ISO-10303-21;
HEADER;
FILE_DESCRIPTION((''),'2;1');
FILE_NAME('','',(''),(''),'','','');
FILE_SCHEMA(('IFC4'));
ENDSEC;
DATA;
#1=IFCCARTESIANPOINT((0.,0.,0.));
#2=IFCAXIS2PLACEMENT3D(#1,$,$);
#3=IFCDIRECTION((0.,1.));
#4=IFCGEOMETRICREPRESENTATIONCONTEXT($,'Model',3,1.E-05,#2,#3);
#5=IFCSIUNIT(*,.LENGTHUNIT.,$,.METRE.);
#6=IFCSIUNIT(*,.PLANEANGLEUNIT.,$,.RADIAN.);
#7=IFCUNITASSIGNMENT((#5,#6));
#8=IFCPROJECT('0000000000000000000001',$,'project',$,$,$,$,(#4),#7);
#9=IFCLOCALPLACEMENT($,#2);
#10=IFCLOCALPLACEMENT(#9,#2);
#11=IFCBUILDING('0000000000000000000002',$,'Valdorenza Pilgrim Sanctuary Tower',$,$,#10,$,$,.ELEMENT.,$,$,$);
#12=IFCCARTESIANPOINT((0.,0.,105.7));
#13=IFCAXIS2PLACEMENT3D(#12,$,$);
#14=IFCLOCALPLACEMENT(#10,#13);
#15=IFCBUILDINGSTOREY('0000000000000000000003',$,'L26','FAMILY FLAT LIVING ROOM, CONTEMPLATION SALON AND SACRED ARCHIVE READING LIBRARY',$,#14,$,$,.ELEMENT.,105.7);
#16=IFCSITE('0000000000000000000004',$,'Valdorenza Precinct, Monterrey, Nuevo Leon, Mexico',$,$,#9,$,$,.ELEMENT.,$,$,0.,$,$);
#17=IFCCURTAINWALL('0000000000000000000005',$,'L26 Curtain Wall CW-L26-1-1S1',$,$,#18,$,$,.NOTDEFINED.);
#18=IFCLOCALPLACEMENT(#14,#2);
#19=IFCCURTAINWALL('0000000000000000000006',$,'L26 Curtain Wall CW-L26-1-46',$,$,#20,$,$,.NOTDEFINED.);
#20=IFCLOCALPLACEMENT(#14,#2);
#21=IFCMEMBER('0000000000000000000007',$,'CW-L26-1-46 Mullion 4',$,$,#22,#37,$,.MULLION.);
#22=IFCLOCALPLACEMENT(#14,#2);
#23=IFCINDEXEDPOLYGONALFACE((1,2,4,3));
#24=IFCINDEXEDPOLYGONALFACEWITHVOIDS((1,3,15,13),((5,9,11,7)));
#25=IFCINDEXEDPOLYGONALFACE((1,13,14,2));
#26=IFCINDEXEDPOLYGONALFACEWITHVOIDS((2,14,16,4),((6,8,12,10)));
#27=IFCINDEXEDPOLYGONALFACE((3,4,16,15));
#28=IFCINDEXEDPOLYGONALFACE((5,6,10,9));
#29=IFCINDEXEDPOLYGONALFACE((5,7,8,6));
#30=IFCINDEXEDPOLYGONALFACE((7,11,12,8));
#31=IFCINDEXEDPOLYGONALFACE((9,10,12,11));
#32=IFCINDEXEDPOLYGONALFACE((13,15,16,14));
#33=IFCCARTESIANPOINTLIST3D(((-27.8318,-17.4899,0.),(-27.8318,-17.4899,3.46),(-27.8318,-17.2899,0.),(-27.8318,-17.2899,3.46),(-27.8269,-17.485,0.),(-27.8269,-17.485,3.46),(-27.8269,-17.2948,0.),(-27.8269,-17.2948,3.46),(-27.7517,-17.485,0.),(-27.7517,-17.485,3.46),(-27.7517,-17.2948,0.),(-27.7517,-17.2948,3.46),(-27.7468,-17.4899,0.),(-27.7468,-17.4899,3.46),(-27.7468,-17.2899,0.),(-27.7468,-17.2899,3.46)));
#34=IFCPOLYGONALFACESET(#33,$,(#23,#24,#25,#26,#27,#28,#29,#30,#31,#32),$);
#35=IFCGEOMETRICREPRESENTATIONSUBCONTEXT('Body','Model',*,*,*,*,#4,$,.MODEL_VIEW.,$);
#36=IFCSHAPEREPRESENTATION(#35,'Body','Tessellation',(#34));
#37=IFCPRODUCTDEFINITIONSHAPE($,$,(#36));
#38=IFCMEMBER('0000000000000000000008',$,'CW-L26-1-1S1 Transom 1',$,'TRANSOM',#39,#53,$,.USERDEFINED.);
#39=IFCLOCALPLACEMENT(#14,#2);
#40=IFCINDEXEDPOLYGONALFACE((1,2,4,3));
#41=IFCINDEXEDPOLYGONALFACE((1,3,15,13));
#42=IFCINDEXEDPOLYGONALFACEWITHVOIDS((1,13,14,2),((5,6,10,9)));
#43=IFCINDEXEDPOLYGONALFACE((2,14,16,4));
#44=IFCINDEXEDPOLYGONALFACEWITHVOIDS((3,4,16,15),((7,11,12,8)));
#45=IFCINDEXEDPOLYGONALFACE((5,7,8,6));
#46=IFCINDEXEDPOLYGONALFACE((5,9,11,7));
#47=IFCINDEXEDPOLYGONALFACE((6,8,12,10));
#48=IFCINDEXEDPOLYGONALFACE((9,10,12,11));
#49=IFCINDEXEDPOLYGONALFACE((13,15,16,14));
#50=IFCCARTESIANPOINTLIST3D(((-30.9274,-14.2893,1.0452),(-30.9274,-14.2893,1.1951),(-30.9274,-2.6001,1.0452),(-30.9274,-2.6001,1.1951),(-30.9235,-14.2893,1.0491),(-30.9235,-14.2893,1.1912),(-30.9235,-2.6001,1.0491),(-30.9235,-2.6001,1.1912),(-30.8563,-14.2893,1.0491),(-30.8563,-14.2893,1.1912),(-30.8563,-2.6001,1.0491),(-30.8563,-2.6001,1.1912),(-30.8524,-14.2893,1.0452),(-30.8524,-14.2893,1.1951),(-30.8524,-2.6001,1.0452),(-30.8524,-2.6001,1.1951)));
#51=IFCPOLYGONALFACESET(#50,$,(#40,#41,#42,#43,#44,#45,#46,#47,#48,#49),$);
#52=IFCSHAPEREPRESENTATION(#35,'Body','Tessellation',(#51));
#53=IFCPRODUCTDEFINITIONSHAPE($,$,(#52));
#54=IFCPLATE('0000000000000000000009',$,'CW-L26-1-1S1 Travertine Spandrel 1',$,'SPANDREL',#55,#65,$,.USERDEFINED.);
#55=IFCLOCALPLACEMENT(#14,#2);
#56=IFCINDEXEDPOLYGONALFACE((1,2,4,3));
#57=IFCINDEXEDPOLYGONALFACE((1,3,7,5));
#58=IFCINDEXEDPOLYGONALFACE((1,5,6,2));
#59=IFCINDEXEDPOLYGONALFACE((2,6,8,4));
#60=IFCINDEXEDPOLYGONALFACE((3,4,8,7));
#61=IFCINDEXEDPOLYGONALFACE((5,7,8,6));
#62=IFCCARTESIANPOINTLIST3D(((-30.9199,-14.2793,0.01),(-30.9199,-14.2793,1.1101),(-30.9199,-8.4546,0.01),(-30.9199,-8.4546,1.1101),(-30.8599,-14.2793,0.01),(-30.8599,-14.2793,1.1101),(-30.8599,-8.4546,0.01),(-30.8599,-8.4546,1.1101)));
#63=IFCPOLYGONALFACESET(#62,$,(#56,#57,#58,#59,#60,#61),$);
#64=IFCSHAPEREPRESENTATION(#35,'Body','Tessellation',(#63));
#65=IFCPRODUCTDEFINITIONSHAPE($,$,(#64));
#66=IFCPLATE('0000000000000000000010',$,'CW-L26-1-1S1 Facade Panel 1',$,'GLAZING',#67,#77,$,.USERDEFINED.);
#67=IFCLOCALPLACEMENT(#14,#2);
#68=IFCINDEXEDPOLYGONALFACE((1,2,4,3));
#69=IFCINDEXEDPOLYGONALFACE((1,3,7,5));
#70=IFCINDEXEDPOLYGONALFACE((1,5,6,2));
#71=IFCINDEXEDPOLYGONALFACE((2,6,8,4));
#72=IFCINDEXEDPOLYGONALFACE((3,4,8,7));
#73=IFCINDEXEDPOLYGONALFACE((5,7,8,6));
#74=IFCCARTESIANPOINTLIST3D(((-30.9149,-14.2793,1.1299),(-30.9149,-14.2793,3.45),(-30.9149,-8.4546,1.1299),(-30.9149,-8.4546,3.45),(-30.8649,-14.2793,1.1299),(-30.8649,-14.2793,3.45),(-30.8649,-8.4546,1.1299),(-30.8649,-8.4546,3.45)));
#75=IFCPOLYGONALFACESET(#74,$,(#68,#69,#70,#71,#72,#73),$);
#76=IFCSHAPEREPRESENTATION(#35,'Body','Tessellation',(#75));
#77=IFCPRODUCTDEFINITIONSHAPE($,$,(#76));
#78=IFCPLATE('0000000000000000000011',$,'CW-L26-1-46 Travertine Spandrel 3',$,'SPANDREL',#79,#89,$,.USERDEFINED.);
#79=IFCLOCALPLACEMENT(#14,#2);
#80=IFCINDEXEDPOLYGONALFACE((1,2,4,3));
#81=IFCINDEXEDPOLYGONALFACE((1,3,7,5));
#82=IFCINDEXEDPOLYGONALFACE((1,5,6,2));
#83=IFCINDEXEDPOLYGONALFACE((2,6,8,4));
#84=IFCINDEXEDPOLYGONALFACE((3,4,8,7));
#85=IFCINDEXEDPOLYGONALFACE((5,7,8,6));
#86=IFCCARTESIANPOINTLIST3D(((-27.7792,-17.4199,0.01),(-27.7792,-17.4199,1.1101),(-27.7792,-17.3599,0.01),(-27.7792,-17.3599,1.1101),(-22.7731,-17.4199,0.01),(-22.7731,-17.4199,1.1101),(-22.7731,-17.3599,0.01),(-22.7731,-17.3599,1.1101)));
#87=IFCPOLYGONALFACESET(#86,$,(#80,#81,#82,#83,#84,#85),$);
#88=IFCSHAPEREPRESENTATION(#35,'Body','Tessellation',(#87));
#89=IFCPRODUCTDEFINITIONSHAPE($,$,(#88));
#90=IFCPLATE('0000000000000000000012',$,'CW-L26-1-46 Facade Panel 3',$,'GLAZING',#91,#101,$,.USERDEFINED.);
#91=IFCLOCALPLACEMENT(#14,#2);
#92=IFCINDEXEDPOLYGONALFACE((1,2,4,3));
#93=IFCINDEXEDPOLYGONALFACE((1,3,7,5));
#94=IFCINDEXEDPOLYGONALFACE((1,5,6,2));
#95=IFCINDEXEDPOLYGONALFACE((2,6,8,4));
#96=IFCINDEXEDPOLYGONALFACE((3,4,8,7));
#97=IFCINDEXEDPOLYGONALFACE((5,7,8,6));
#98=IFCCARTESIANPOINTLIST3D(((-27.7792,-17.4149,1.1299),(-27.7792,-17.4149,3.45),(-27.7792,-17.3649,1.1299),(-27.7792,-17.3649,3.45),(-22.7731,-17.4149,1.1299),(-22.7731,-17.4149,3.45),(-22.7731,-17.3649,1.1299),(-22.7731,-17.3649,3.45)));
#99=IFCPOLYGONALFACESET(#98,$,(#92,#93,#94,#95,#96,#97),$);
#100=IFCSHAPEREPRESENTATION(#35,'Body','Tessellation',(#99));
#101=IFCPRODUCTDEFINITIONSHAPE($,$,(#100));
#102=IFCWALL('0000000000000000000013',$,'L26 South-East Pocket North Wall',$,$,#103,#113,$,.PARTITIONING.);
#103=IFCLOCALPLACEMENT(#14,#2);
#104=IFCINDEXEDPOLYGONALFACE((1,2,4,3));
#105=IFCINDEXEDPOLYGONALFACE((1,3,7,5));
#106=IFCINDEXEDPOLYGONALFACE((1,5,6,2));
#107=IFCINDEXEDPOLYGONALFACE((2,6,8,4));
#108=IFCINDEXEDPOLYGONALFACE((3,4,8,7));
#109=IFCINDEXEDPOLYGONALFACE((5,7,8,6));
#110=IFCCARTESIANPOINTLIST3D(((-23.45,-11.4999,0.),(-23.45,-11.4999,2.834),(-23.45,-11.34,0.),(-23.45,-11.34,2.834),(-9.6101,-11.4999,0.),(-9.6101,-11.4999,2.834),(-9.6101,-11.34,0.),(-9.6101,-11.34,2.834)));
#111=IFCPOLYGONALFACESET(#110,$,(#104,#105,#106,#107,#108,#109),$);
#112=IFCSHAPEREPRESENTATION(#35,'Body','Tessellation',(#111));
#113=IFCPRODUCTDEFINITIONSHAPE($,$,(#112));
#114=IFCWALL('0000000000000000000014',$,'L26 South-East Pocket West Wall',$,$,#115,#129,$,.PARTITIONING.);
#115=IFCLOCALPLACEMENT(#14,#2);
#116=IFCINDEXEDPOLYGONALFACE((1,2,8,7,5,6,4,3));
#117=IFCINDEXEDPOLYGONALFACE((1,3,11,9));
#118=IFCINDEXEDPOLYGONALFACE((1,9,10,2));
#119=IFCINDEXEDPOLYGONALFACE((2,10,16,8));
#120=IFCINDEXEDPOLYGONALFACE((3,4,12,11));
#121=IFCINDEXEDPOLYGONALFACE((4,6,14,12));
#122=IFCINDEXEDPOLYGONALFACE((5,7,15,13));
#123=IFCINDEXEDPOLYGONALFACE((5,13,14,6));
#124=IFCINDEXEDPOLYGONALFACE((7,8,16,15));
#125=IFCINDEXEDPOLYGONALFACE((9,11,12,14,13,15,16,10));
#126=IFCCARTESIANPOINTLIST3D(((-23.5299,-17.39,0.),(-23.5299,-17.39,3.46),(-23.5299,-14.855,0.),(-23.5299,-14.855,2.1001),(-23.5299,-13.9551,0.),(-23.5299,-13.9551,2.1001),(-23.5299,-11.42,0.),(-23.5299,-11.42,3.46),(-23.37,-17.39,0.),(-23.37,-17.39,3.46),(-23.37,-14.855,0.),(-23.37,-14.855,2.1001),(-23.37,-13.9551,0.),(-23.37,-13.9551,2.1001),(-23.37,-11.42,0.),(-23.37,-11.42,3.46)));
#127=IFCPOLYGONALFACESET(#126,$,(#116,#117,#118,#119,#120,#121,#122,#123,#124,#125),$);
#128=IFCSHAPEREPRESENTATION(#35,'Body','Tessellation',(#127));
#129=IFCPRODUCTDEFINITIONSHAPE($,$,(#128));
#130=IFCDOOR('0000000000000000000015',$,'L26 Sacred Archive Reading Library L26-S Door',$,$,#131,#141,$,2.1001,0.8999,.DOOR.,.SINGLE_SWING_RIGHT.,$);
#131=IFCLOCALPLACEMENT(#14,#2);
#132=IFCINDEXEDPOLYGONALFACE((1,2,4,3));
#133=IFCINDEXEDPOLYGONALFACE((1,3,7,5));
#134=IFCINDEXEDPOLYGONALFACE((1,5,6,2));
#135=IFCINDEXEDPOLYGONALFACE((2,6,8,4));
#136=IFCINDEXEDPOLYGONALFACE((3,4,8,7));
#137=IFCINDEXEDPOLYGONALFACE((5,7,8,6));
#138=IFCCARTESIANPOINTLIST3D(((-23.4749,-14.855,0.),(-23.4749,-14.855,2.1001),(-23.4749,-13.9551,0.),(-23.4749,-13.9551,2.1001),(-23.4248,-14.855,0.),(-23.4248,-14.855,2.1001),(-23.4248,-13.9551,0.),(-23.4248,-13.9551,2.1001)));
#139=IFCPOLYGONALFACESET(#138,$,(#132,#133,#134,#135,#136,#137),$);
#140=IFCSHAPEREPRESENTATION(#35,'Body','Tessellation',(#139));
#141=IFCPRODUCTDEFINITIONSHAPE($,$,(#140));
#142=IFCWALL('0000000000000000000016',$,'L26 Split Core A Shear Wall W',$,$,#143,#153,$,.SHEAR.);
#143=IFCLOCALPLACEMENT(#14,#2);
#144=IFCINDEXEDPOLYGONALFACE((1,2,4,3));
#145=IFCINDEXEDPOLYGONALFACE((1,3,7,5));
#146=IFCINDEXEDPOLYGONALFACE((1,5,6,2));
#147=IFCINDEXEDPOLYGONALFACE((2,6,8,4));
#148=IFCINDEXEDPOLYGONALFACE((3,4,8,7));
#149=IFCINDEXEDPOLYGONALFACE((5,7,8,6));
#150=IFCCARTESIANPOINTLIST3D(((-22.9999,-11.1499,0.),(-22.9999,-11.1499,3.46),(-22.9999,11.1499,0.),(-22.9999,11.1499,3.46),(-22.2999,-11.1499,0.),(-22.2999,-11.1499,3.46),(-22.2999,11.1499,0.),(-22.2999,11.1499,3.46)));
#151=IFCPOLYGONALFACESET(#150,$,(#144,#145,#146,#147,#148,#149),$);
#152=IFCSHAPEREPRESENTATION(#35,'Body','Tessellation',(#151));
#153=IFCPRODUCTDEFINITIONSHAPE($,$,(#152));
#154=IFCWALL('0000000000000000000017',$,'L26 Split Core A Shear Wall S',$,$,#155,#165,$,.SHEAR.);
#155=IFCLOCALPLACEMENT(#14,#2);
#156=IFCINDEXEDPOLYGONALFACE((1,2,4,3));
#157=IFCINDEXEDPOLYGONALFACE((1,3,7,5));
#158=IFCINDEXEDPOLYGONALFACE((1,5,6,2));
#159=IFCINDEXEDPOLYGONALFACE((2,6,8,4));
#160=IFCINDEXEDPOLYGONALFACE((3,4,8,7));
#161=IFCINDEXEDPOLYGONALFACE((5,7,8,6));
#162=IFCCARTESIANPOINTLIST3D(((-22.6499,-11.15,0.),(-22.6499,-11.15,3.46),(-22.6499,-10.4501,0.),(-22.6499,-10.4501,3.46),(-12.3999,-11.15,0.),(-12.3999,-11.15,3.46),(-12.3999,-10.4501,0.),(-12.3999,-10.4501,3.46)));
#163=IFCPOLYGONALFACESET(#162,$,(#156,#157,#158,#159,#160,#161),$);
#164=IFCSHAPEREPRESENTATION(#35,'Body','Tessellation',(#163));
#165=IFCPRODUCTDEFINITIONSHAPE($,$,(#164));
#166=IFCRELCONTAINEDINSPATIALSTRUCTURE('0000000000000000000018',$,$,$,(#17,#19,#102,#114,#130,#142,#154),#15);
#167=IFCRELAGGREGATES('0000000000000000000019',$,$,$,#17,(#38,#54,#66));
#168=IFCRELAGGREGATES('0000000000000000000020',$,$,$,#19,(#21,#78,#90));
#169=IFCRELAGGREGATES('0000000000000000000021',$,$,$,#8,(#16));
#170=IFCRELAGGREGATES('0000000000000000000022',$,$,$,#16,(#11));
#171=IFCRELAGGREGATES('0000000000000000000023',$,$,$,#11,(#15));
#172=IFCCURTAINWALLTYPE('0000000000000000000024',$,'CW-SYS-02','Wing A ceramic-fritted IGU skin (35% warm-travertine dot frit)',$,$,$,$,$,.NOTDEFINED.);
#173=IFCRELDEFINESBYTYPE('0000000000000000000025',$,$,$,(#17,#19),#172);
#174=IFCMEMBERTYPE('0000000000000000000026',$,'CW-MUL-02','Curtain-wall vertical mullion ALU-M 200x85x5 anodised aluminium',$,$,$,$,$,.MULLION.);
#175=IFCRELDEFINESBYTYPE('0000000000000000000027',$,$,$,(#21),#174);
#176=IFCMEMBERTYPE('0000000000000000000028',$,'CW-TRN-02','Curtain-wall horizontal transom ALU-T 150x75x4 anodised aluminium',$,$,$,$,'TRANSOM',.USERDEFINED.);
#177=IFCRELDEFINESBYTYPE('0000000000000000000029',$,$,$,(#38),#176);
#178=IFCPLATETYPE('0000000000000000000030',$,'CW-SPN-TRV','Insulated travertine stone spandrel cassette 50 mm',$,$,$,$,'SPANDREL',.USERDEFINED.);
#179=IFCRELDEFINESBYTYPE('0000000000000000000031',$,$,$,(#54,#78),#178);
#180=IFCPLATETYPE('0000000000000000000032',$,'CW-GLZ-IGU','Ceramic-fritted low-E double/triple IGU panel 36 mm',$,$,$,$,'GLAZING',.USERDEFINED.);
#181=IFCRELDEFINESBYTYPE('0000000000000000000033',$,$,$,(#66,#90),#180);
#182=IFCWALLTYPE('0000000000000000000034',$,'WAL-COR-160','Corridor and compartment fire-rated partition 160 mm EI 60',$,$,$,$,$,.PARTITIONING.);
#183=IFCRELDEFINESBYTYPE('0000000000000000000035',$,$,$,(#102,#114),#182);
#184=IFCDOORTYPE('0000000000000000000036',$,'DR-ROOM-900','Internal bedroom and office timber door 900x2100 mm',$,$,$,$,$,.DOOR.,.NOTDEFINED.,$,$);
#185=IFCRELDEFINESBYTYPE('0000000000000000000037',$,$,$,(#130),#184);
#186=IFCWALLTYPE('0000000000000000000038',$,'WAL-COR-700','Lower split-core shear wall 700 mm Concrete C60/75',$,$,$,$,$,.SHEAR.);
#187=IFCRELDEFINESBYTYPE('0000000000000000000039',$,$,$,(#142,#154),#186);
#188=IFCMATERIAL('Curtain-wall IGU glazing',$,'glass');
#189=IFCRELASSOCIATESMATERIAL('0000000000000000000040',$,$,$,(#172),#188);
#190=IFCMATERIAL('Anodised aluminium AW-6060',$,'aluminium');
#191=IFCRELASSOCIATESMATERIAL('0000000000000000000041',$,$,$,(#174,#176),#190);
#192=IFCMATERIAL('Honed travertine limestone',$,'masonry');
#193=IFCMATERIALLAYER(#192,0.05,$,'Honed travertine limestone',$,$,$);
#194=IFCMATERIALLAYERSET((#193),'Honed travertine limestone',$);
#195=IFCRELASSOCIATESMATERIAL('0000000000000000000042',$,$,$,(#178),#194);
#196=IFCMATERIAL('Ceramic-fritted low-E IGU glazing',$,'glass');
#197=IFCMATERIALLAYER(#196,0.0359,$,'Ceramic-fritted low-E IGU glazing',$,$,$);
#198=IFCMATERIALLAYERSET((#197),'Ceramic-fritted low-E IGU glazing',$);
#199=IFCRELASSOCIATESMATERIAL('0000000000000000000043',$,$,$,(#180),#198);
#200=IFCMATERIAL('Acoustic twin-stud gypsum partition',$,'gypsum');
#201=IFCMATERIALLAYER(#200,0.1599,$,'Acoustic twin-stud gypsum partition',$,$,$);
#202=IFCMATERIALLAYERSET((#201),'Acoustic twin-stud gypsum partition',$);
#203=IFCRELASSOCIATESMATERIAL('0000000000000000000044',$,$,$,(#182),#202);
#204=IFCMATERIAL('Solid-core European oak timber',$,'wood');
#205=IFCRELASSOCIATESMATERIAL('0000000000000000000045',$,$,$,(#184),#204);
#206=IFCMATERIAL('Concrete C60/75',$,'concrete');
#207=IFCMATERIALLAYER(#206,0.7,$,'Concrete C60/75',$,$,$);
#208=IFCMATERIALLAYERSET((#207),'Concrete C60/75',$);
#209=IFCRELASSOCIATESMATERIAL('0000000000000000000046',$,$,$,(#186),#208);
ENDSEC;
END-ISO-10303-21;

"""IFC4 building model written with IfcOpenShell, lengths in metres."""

from ifc_helpers import new_model, si_unit, direction, frame, frame_2d, origin, origin_2d, place, context, subcontext, project, spatial, rectangle, hollow_rectangle, extrude, source, transform, mapped, material, layer, layer_set, material_profile, profile_set, type_object, element, fill, aggregate, save


model = new_model("IFC4")

# Units and contexts
model_context = context("Model", 3, precision=1e-05, world=origin(), true_north=direction((0.0, 1.0)))
body_context = subcontext(model_context, "Body", "Model", "MODEL_VIEW")
ifc_project = project(units=[si_unit("LENGTHUNIT", "METRE"), si_unit("PLANEANGLEUNIT", "RADIAN")], contexts=[model_context])

# Site, building, storey
site_placement = place(None, origin())
site = spatial("IfcSite", under=ifc_project, at=site_placement, Name="Valdorenza Precinct, Monterrey, Nuevo Leon, Mexico", CompositionType="ELEMENT", RefElevation=0.0)
building_placement = place(site_placement, origin())
building = spatial("IfcBuilding", under=site, at=building_placement, Name="Valdorenza Pilgrim Sanctuary Tower", CompositionType="ELEMENT")
storey_placement = place(building_placement, frame((0.0, 0.0, 105.7)))
storey = spatial("IfcBuildingStorey", under=building, at=storey_placement, Name="L26", Description="FAMILY FLAT LIVING ROOM, CONTEMPLATION SALON AND SACRED ARCHIVE READING LIBRARY", CompositionType="ELEMENT", Elevation=105.7)

# Shared definitions
ifc_material_1 = material(Name="Concrete C60/75", Category="concrete")

# Curtain wall
ifc_material_2 = material(Name="Curtain-wall IGU glazing", Category="glass")
curtain_wall_type = type_object("IfcCurtainWallType", Name="CW-SYS-02", Description="Wing A ceramic-fritted IGU skin (35% warm-travertine dot frit)", PredefinedType="NOTDEFINED", material=ifc_material_2)
curtain_wall_1_placement = place(storey_placement, origin())
curtain_wall_1 = element("IfcCurtainWall", 1, at=curtain_wall_1_placement, inside=storey, type_object=curtain_wall_type, Name="L26 Curtain Wall CW-L26-1-1S1", PredefinedType="NOTDEFINED")
ifc_material_3 = material(Name="Anodised aluminium AW-6060", Category="aluminium")
ifc_material_profile_1 = material_profile(ifc_material_3, hollow_rectangle(XDim=0.085, YDim=0.2, WallThickness=0.0049, at=origin_2d()), Name="ALU-M 200x85x5")
ifc_profile_set_1 = profile_set([ifc_material_profile_1], Name="Anodised aluminium AW-6060")
member_type_1 = type_object("IfcMemberType", Name="CW-MUL-02", Description="Curtain-wall vertical mullion ALU-M 200x85x5 anodised aluminium", PredefinedType="MULLION", material=ifc_profile_set_1)
shared_shape_1 = source(origin(), body_context, "Body", "SweptSolid", [
    extrude(hollow_rectangle(XDim=0.085, YDim=0.2, WallThickness=0.0049, at=origin_2d()), origin(), (0.0, 0.0, 1.0), 3.46),
])

# Curtain wall, member
curtain_wall_2_placement = place(storey_placement, origin())
curtain_wall_2 = element("IfcCurtainWall", 2, at=curtain_wall_2_placement, inside=storey, type_object=curtain_wall_type, Name="L26 Curtain Wall CW-L26-1-46", PredefinedType="NOTDEFINED")
member_1_placement = place(storey_placement, frame((-27.7893, -17.3899, 0.0), z_axis=(0.0, 0.0, 1.0), x_axis=(-1.0, 0.0, 0.0)))
member_1 = element("IfcMember", 3, at=member_1_placement, type_object=member_type_1, Name="CW-L26-1-46 Mullion 4", PredefinedType="MULLION", context=body_context, shape_type="MappedRepresentation", body=[
    mapped(shared_shape_1, transform((0.0, 0.0, 0.0), x_axis=(1.0, 0.0, 0.0), y_axis=(0.0, 1.0, 0.0), z_axis=(0.0, 0.0, 1.0), scale=1.0)),
])

# Member
ifc_material_profile_2 = material_profile(ifc_material_3, hollow_rectangle(XDim=0.075, YDim=0.1499, WallThickness=0.0039, at=origin_2d()), Name="ALU-T 150x75x4")
ifc_profile_set_2 = profile_set([ifc_material_profile_2], Name="Anodised aluminium AW-6060")
member_type_2 = type_object("IfcMemberType", Name="CW-TRN-02", Description="Curtain-wall horizontal transom ALU-T 150x75x4 anodised aluminium", ElementType="TRANSOM", PredefinedType="USERDEFINED", material=ifc_profile_set_2)
shared_shape_2 = source(origin(), body_context, "Body", "SweptSolid", [
    extrude(hollow_rectangle(XDim=0.075, YDim=0.1499, WallThickness=0.0039, at=origin_2d()), origin(), (0.0, 0.0, 1.0), 11.6892),
])
member_2_placement = place(storey_placement, frame((-30.8899, -14.2893, 1.1201), z_axis=(0.0, 1.0, 0.0), x_axis=(-1.0, 0.0, 0.0)))
member_2 = element("IfcMember", 4, at=member_2_placement, type_object=member_type_2, Name="CW-L26-1-1S1 Transom 1", ObjectType="TRANSOM", PredefinedType="USERDEFINED", context=body_context, shape_type="MappedRepresentation", body=[
    mapped(shared_shape_2, transform((0.0, 0.0, 0.0), x_axis=(1.0, 0.0, 0.0), y_axis=(0.0, 1.0, 0.0), z_axis=(0.0, 0.0, 1.0), scale=1.0)),
])

# Plates
ifc_material_4 = material(Name="Honed travertine limestone", Category="masonry")
ifc_layer_1 = layer(ifc_material_4, 0.05, Name="Honed travertine limestone")
ifc_layer_set_1 = layer_set([ifc_layer_1], Name="Honed travertine limestone")
plate_type_1 = type_object("IfcPlateType", Name="CW-SPN-TRV", Description="Insulated travertine stone spandrel cassette 50 mm", ElementType="SPANDREL", PredefinedType="USERDEFINED", material=ifc_layer_set_1)
shared_shape_3 = source(origin(), body_context, "Body", "SweptSolid", [
    extrude(rectangle(XDim=5.8247, YDim=0.0601, at=origin_2d()), origin(), (0.0, 0.0, 1.0), 1.1001),
])
plate_1_placement = place(storey_placement, frame((-30.8899, -11.3669, 0.01), z_axis=(0.0, 0.0, 1.0), x_axis=(0.0, 1.0, 0.0)))
plate_1 = element("IfcPlate", 5, at=plate_1_placement, type_object=plate_type_1, Name="CW-L26-1-1S1 Travertine Spandrel 1", ObjectType="SPANDREL", PredefinedType="USERDEFINED", context=body_context, shape_type="MappedRepresentation", body=[
    mapped(shared_shape_3, transform((0.0, 0.0, 0.0), x_axis=(1.0, 0.0, 0.0), y_axis=(0.0, 1.0, 0.0), z_axis=(0.0, 0.0, 1.0), scale=1.0)),
])
ifc_material_5 = material(Name="Ceramic-fritted low-E IGU glazing", Category="glass")
ifc_layer_2 = layer(ifc_material_5, 0.0359, Name="Ceramic-fritted low-E IGU glazing")
ifc_layer_set_2 = layer_set([ifc_layer_2], Name="Ceramic-fritted low-E IGU glazing")
plate_type_2 = type_object("IfcPlateType", Name="CW-GLZ-IGU", Description="Ceramic-fritted low-E double/triple IGU panel 36 mm", ElementType="GLAZING", PredefinedType="USERDEFINED", material=ifc_layer_set_2)
shared_shape_4 = source(origin(), body_context, "Body", "SweptSolid", [
    extrude(rectangle(XDim=5.8247, YDim=0.05, at=origin_2d()), origin(), (0.0, 0.0, 1.0), 2.3201),
])
plate_2_placement = place(storey_placement, frame((-30.8899, -11.3669, 1.1299), z_axis=(0.0, 0.0, 1.0), x_axis=(0.0, 1.0, 0.0)))
plate_2 = element("IfcPlate", 6, at=plate_2_placement, type_object=plate_type_2, Name="CW-L26-1-1S1 Facade Panel 1", ObjectType="GLAZING", PredefinedType="USERDEFINED", context=body_context, shape_type="MappedRepresentation", body=[
    mapped(shared_shape_4, transform((0.0, 0.0, 0.0), x_axis=(1.0, 0.0, 0.0), y_axis=(0.0, 1.0, 0.0), z_axis=(0.0, 0.0, 1.0), scale=1.0)),
])
aggregate(curtain_wall_1, [member_2, plate_1, plate_2])
shared_shape_5 = source(origin(), body_context, "Body", "SweptSolid", [
    extrude(rectangle(XDim=5.0061, YDim=0.0601, at=origin_2d()), origin(), (0.0, 0.0, 1.0), 1.1001),
])
plate_3_placement = place(storey_placement, frame((-25.2761, -17.3899, 0.01), z_axis=(0.0, 0.0, 1.0), x_axis=(-1.0, 0.0, 0.0)))
plate_3 = element("IfcPlate", 7, at=plate_3_placement, type_object=plate_type_1, Name="CW-L26-1-46 Travertine Spandrel 3", ObjectType="SPANDREL", PredefinedType="USERDEFINED", context=body_context, shape_type="MappedRepresentation", body=[
    mapped(shared_shape_5, transform((0.0, 0.0, 0.0), x_axis=(1.0, 0.0, 0.0), y_axis=(0.0, 1.0, 0.0), z_axis=(0.0, 0.0, 1.0), scale=1.0)),
])
shared_shape_6 = source(origin(), body_context, "Body", "SweptSolid", [
    extrude(rectangle(XDim=5.0061, YDim=0.05, at=origin_2d()), origin(), (0.0, 0.0, 1.0), 2.3201),
])
plate_4_placement = place(storey_placement, frame((-25.2761, -17.3899, 1.1299), z_axis=(0.0, 0.0, 1.0), x_axis=(-1.0, 0.0, 0.0)))
plate_4 = element("IfcPlate", 8, at=plate_4_placement, type_object=plate_type_2, Name="CW-L26-1-46 Facade Panel 3", ObjectType="GLAZING", PredefinedType="USERDEFINED", context=body_context, shape_type="MappedRepresentation", body=[
    mapped(shared_shape_6, transform((0.0, 0.0, 0.0), x_axis=(1.0, 0.0, 0.0), y_axis=(0.0, 1.0, 0.0), z_axis=(0.0, 0.0, 1.0), scale=1.0)),
])
aggregate(curtain_wall_2, [member_1, plate_3, plate_4])

# Wall
ifc_material_6 = material(Name="Acoustic twin-stud gypsum partition", Category="gypsum")
ifc_layer_3 = layer(ifc_material_6, 0.1599, Name="Acoustic twin-stud gypsum partition")
ifc_layer_set_3 = layer_set([ifc_layer_3], Name="Acoustic twin-stud gypsum partition")
wall_type_1 = type_object("IfcWallType", Name="WAL-COR-160", Description="Corridor and compartment fire-rated partition 160 mm EI 60", PredefinedType="PARTITIONING", material=ifc_layer_set_3)
wall_1_placement = place(storey_placement, frame((-23.45, -11.4199, 0.0), z_axis=(0.0, 0.0, 1.0), x_axis=(1.0, 0.0, 0.0)))
element("IfcWall", 9, at=wall_1_placement, inside=storey, type_object=wall_type_1, Name="L26 South-East Pocket North Wall", PredefinedType="PARTITIONING", context=body_context, shape_type="SweptSolid", body=[
    extrude(rectangle(XDim=13.8398, YDim=0.1599, at=frame_2d((6.9199, 0.0))), origin(), (0.0, 0.0, 1.0), 2.834),
])

# Wall, opening, door
wall_2_placement = place(storey_placement, frame((-23.45, -17.3899, 0.0), z_axis=(0.0, 0.0, 1.0), x_axis=(0.0, 1.0, 0.0)))
wall_2 = element("IfcWall", 10, at=wall_2_placement, inside=storey, type_object=wall_type_1, Name="L26 South-East Pocket West Wall", PredefinedType="PARTITIONING", context=body_context, shape_type="SweptSolid", body=[
    extrude(rectangle(XDim=5.97, YDim=0.1599, at=frame_2d((2.9849, 0.0))), origin(), (0.0, 0.0, 1.0), 3.46),
])
opening_1_placement = place(wall_2_placement, frame((2.5349, 0.0, 0.0)))
opening_1 = element("IfcOpeningElement", 11, at=opening_1_placement, cuts=wall_2, PredefinedType="OPENING", context=body_context, shape_type="SweptSolid", body=[
    extrude(rectangle(XDim=0.8999, YDim=2.1001, at=frame_2d((0.45, 1.05))), frame((0.0, 0.0947, 0.0), z_axis=(0.0, -1.0, 0.0), x_axis=(1.0, 0.0, 0.0)), (0.0, 0.0, 1.0), 0.1897),
])
ifc_material_7 = material(Name="Solid-core European oak timber", Category="wood")
door_type_1 = type_object("IfcDoorType", Name="DR-ROOM-900", Description="Internal bedroom and office timber door 900x2100 mm", OperationType="NOTDEFINED", PredefinedType="DOOR", material=ifc_material_7)
door_1_placement = place(opening_1_placement, origin())
door_1 = element("IfcDoor", 12, at=door_1_placement, inside=storey, type_object=door_type_1, Name="L26 Sacred Archive Reading Library L26-S Door", OperationType="SINGLE_SWING_RIGHT", OverallHeight=2.1001, OverallWidth=0.8999, PredefinedType="DOOR", context=body_context, shape_type="SweptSolid", body=[
    extrude(rectangle(XDim=0.8999, YDim=2.1001, at=frame_2d((0.45, 1.05))), frame((0.0, 0.0249, 0.0), z_axis=(0.0, -1.0, 0.0), x_axis=(1.0, 0.0, 0.0)), (0.0, 0.0, 1.0), 0.05),
])
fill(opening_1, door_1)

# Walls
ifc_layer_4 = layer(ifc_material_1, 0.7, Name="Concrete C60/75")
ifc_layer_set_4 = layer_set([ifc_layer_4], Name="Concrete C60/75")
wall_type_2 = type_object("IfcWallType", Name="WAL-COR-700", Description="Lower split-core shear wall 700 mm Concrete C60/75", PredefinedType="SHEAR", material=ifc_layer_set_4)
wall_3_placement = place(storey_placement, frame((-22.6499, -11.1499, 0.0), z_axis=(0.0, 0.0, 1.0), x_axis=(0.0, 1.0, 0.0)))
element("IfcWall", 13, at=wall_3_placement, inside=storey, type_object=wall_type_2, Name="L26 Split Core A Shear Wall W", PredefinedType="SHEAR", context=body_context, shape_type="SweptSolid", body=[
    extrude(rectangle(XDim=22.2998, YDim=0.7, at=frame_2d((11.1499, 0.0))), origin(), (0.0, 0.0, 1.0), 3.46),
])
wall_4_placement = place(storey_placement, frame((-22.6499, -10.8, 0.0), z_axis=(0.0, 0.0, 1.0), x_axis=(1.0, 0.0, 0.0)))
element("IfcWall", 14, at=wall_4_placement, inside=storey, type_object=wall_type_2, Name="L26 Split Core A Shear Wall S", PredefinedType="SHEAR", context=body_context, shape_type="SweptSolid", body=[
    extrude(rectangle(XDim=10.25, YDim=0.7, at=frame_2d((5.125, 0.0))), origin(), (0.0, 0.0, 1.0), 3.46),
])

save(model, "model.ifc")
